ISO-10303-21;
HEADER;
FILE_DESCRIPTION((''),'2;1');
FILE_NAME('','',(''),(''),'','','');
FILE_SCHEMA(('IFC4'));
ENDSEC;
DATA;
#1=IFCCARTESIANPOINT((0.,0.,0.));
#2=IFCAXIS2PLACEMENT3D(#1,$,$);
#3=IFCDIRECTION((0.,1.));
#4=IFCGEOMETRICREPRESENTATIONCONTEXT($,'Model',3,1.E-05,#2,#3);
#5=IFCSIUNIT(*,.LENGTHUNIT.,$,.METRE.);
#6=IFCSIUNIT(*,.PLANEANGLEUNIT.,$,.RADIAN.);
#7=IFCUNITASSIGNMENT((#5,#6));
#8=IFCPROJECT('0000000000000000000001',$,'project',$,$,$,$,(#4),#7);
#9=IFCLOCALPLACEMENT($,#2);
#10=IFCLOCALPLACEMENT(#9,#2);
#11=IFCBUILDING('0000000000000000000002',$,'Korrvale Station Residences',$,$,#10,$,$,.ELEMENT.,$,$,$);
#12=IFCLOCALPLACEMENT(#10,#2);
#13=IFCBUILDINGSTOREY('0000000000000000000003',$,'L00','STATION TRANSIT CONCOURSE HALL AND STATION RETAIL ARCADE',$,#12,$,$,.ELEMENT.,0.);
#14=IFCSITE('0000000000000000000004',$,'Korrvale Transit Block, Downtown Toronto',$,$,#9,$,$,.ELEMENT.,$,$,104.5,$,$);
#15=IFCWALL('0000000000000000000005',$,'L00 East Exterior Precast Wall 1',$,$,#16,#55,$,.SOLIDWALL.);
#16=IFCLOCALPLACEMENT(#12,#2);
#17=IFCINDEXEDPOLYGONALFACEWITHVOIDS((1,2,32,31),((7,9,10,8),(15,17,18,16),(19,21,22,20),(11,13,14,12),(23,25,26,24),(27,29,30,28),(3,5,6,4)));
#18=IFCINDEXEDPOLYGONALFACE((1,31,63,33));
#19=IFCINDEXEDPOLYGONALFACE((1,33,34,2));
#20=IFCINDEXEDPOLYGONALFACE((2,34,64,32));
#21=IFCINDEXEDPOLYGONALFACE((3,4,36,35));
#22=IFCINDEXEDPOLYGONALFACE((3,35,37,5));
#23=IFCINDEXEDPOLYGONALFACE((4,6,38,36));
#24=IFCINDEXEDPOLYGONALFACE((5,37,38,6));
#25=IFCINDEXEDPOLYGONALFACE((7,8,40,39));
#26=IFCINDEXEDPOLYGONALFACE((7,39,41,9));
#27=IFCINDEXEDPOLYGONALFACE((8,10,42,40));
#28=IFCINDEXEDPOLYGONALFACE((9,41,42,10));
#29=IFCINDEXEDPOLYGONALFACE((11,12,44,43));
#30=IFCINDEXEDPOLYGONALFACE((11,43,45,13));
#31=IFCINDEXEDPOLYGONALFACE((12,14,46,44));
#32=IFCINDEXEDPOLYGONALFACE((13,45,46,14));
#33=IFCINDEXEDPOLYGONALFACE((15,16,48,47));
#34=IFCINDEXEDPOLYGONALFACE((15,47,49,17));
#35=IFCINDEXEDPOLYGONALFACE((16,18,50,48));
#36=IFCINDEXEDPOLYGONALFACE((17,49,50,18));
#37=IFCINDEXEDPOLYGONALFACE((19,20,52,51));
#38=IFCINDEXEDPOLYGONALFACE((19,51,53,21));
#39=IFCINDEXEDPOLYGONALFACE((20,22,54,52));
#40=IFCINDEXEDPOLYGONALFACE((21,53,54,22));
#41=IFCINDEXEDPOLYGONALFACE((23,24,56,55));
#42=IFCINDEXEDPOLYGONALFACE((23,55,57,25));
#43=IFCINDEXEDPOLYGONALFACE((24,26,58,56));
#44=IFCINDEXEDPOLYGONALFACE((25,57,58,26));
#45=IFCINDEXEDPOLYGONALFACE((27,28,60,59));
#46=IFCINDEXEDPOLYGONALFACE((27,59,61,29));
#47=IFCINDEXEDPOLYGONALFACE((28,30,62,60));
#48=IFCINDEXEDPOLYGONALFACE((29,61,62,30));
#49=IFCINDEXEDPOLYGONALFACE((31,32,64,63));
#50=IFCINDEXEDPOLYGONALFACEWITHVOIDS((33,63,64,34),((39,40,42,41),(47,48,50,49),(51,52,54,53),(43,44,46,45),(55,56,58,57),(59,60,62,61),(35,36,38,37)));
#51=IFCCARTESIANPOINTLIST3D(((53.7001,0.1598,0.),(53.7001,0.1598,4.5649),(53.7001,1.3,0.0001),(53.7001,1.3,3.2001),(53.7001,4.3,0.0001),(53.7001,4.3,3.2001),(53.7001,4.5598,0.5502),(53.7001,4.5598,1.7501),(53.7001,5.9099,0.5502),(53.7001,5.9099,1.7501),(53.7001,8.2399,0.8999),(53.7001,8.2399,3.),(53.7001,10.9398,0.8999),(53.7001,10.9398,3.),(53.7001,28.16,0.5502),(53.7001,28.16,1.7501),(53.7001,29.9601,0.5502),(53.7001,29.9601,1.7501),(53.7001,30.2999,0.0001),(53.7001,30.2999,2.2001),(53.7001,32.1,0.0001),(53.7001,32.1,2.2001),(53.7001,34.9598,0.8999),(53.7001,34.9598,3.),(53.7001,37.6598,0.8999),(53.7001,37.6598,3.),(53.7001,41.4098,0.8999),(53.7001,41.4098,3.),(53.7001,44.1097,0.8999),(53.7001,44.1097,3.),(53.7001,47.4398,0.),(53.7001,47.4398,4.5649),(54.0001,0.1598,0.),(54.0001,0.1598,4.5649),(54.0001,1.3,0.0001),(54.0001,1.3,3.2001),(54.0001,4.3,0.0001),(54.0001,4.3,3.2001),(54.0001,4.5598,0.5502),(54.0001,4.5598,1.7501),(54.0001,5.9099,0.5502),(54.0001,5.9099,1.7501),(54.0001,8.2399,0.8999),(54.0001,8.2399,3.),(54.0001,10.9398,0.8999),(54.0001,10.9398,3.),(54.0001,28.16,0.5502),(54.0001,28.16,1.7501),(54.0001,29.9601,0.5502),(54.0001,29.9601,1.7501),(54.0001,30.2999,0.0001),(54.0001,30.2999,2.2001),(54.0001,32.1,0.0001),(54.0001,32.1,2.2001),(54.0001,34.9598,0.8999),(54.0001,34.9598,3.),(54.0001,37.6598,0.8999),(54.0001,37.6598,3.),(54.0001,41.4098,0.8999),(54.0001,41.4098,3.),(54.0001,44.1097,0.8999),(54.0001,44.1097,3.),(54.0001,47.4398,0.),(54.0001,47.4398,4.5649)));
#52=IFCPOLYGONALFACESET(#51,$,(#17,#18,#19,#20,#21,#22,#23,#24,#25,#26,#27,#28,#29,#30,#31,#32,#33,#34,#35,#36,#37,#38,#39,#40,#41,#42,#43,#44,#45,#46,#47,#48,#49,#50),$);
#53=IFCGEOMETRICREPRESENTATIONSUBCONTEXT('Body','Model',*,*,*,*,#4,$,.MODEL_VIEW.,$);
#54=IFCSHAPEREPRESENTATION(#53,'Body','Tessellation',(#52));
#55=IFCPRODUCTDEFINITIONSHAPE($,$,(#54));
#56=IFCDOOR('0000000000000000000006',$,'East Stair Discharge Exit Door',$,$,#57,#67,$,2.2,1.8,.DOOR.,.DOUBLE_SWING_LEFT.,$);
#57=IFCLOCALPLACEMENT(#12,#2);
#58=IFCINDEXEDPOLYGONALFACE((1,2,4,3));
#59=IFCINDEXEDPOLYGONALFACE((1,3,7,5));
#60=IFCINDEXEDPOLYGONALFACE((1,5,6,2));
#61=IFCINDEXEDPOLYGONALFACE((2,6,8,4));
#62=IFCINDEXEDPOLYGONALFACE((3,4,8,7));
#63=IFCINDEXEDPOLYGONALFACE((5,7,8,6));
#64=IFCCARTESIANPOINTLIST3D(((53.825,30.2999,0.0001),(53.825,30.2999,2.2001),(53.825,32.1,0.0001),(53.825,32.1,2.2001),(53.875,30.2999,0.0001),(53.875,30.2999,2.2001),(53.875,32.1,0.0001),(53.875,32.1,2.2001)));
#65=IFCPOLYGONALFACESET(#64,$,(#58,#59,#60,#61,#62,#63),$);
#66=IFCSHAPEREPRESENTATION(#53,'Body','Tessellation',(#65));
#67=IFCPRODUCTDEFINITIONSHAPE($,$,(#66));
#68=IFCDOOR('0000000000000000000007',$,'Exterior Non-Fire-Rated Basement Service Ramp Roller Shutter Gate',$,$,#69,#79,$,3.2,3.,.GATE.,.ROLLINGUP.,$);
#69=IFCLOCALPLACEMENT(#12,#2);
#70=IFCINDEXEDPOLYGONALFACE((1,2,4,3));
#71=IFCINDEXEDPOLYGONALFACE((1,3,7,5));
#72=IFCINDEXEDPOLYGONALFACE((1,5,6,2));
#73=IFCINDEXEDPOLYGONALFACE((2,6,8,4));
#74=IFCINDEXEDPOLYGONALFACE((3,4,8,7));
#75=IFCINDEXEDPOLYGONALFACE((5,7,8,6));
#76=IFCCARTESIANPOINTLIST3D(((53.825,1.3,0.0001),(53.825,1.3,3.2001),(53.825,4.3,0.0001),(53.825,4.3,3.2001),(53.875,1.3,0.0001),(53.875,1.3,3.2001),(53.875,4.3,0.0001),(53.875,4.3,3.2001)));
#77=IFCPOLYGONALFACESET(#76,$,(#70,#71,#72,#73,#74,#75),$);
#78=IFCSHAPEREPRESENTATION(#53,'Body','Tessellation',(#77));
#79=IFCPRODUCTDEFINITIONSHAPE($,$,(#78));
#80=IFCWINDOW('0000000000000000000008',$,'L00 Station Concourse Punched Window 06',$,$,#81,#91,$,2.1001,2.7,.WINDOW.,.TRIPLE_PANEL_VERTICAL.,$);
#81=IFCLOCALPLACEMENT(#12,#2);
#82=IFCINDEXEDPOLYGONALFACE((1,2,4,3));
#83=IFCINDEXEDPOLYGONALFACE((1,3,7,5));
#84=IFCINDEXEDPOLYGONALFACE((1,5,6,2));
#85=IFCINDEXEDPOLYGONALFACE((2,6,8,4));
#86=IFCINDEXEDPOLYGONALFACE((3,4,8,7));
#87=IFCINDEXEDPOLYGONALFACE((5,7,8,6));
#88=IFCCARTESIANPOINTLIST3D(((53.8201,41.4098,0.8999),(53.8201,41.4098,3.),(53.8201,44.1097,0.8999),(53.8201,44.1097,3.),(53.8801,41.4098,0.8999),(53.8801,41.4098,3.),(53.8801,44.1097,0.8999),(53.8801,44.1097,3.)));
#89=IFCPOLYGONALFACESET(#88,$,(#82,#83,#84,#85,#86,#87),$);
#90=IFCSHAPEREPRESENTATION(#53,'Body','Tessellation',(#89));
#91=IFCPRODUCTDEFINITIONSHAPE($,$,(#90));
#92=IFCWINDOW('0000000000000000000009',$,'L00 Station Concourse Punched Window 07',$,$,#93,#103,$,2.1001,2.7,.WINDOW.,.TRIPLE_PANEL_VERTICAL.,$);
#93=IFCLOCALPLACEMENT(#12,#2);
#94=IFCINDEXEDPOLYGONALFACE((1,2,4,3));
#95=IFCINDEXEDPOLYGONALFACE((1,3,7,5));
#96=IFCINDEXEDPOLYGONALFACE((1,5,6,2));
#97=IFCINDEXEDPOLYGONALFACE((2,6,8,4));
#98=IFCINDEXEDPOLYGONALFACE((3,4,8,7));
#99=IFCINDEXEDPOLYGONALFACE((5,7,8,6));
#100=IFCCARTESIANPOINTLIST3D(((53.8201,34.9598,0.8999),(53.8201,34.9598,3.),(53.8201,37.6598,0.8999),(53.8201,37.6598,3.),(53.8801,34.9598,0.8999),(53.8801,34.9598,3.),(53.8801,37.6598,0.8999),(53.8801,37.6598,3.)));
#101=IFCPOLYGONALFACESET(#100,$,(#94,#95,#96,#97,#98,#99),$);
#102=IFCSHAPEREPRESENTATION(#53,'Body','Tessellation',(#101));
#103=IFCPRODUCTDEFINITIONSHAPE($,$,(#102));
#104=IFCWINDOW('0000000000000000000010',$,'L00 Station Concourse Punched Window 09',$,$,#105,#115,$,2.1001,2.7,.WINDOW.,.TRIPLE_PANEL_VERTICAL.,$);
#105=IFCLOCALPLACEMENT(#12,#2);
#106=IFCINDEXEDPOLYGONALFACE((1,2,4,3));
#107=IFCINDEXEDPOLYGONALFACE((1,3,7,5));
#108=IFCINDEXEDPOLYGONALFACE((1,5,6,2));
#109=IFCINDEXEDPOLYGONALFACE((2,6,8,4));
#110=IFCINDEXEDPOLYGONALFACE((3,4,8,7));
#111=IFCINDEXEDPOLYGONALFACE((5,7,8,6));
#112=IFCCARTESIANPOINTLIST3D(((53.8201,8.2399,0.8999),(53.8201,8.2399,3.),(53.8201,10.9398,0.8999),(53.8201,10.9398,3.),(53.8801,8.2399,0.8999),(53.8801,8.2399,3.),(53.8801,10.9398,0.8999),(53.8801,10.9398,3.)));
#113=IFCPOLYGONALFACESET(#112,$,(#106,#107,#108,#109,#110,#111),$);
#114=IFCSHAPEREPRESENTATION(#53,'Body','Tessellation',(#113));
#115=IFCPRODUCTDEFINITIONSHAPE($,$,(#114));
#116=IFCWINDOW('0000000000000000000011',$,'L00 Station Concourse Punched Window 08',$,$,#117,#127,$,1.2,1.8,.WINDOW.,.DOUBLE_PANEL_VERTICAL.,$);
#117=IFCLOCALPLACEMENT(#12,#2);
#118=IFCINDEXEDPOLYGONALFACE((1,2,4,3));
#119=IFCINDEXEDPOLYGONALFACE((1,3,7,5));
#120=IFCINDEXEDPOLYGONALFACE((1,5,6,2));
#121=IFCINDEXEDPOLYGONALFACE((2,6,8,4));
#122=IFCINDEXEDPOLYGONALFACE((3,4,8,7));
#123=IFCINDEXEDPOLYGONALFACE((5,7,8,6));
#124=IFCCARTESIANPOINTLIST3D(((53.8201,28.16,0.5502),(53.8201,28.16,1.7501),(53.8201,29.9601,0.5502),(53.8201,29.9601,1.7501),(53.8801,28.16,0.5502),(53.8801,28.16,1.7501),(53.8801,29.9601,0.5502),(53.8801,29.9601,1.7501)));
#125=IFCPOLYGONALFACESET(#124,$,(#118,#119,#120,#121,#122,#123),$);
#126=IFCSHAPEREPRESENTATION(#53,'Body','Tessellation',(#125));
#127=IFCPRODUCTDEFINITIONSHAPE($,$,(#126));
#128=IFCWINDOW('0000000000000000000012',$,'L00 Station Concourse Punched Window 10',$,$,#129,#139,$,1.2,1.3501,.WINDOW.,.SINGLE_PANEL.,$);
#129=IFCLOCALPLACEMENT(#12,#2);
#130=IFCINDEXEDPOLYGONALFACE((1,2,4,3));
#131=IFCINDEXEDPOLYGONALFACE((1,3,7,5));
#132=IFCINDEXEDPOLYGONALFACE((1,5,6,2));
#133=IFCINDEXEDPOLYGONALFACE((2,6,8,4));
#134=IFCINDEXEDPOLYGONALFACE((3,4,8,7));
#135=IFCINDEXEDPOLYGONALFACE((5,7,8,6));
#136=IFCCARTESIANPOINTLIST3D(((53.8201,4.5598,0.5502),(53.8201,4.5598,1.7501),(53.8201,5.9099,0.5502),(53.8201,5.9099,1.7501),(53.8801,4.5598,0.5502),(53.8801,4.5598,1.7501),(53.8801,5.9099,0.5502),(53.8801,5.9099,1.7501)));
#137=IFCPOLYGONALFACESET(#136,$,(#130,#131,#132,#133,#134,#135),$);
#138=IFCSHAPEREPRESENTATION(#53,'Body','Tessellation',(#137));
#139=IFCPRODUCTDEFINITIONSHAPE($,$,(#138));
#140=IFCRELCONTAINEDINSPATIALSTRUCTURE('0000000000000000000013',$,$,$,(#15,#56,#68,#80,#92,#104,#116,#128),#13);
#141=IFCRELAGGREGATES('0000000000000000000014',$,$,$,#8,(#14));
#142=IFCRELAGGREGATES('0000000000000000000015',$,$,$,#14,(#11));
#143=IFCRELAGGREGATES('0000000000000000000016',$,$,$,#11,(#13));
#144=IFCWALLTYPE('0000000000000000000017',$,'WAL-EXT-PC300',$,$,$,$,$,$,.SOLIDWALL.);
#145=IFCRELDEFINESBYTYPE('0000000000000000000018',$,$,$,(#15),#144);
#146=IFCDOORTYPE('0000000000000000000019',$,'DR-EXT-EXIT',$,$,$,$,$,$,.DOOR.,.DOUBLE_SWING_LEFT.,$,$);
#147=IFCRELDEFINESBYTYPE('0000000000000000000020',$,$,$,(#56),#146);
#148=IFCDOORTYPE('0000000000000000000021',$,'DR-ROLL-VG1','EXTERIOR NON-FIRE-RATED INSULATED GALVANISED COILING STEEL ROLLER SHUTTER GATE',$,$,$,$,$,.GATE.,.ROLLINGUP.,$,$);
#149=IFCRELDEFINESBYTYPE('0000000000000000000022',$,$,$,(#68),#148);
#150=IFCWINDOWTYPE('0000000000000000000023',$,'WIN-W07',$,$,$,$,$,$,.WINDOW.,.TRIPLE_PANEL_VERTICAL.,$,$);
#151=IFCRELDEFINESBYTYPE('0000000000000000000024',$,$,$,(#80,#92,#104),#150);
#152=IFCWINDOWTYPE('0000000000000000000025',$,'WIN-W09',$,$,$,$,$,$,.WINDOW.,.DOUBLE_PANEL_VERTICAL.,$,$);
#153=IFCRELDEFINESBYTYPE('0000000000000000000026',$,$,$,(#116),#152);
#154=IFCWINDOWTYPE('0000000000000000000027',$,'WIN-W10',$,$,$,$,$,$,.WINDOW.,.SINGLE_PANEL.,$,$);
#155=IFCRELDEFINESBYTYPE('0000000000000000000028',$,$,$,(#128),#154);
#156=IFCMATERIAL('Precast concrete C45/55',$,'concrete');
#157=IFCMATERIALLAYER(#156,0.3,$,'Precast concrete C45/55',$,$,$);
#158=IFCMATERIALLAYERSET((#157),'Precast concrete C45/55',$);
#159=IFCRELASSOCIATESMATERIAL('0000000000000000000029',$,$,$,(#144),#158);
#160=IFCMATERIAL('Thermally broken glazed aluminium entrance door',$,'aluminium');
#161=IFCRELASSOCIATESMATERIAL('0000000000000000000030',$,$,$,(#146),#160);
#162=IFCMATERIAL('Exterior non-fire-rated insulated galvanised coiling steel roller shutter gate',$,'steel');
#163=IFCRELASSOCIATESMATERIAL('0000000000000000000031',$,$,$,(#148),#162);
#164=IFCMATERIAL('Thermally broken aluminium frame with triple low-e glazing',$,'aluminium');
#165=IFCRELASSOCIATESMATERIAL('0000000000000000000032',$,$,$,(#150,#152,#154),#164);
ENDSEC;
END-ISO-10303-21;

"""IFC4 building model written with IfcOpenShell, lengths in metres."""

from ifc_helpers import new_model, si_unit, direction, frame, frame_2d, origin, place, context, subcontext, project, spatial, rectangle, extrude, material, layer, layer_set, type_object, element, fill, save


model = new_model("IFC4")

# Units and contexts
model_context = context("Model", 3, precision=1e-05, world=origin(), true_north=direction((0.0, 1.0)))
body_context = subcontext(model_context, "Body", "Model", "MODEL_VIEW")
ifc_project = project(units=[si_unit("LENGTHUNIT", "METRE"), si_unit("PLANEANGLEUNIT", "RADIAN")], contexts=[model_context])

# Site, building, storey
site_placement = place(None, origin())
site = spatial("IfcSite", under=ifc_project, at=site_placement, Name="Korrvale Transit Block, Downtown Toronto", CompositionType="ELEMENT", RefElevation=104.5)
building_placement = place(site_placement, origin())
building = spatial("IfcBuilding", under=site, at=building_placement, Name="Korrvale Station Residences", CompositionType="ELEMENT")
storey_placement = place(building_placement, origin())
storey = spatial("IfcBuildingStorey", under=building, at=storey_placement, Name="L00", Description="STATION TRANSIT CONCOURSE HALL AND STATION RETAIL ARCADE", CompositionType="ELEMENT", Elevation=0.0)

# Wall, openings, doors, windows
ifc_material_1 = material(Name="Precast concrete C45/55", Category="concrete")
ifc_layer_1 = layer(ifc_material_1, 0.3, Name="Precast concrete C45/55")
ifc_layer_set_1 = layer_set([ifc_layer_1], Name="Precast concrete C45/55")
wall_type_1 = type_object("IfcWallType", Name="WAL-EXT-PC300", PredefinedType="SOLIDWALL", material=ifc_layer_set_1)
wall_1_placement = place(storey_placement, frame((53.8501, 47.4399, 0.0), z_axis=(0.0, 0.0, 1.0), x_axis=(0.0, -1.0, 0.0)))
wall_1 = element("IfcWall", 1, at=wall_1_placement, inside=storey, type_object=wall_type_1, Name="L00 East Exterior Precast Wall 1", PredefinedType="SOLIDWALL", context=body_context, shape_type="SweptSolid", body=[
    extrude(rectangle(XDim=47.28, YDim=0.3, at=frame_2d((23.6401, 0.0))), origin(), (0.0, 0.0, 1.0), 4.5649),
])
opening_1_placement = place(wall_1_placement, frame((15.3401, 0.0, 0.0)))
opening_1 = element("IfcOpeningElement", 2, at=opening_1_placement, cuts=wall_1, PredefinedType="OPENING", context=body_context, shape_type="SweptSolid", body=[
    extrude(rectangle(XDim=1.8, YDim=2.2, at=frame_2d((0.8999, 1.1001))), frame((0.0, 0.1602, 0.0), z_axis=(0.0, -1.0, 0.0), x_axis=(1.0, 0.0, 0.0)), (0.0, 0.0, 1.0), 0.3201),
])
opening_2_placement = place(wall_1_placement, frame((43.1399, 0.0, 0.0)))
opening_2 = element("IfcOpeningElement", 3, at=opening_2_placement, cuts=wall_1, PredefinedType="OPENING", context=body_context, shape_type="SweptSolid", body=[
    extrude(rectangle(XDim=3.0, YDim=3.2, at=frame_2d((1.5, 1.6001))), frame((0.0, 0.1602, 0.0), z_axis=(0.0, -1.0, 0.0), x_axis=(1.0, 0.0, 0.0)), (0.0, 0.0, 1.0), 0.3201),
])
opening_3_placement = place(wall_1_placement, frame((3.3301, 0.0, 0.8999)))
opening_3 = element("IfcOpeningElement", 4, at=opening_3_placement, cuts=wall_1, PredefinedType="OPENING", context=body_context, shape_type="SweptSolid", body=[
    extrude(rectangle(XDim=2.7, YDim=2.1001, at=frame_2d((1.3501, 1.05))), frame((0.0, 0.1602, 0.0), z_axis=(0.0, -1.0, 0.0), x_axis=(1.0, 0.0, 0.0)), (0.0, 0.0, 1.0), 0.3201),
])
opening_4_placement = place(wall_1_placement, frame((9.78, 0.0, 0.8999)))
opening_4 = element("IfcOpeningElement", 5, at=opening_4_placement, cuts=wall_1, PredefinedType="OPENING", context=body_context, shape_type="SweptSolid", body=[
    extrude(rectangle(XDim=2.7, YDim=2.1001, at=frame_2d((1.3501, 1.05))), frame((0.0, 0.1602, 0.0), z_axis=(0.0, -1.0, 0.0), x_axis=(1.0, 0.0, 0.0)), (0.0, 0.0, 1.0), 0.3201),
])
opening_5_placement = place(wall_1_placement, frame((17.48, 0.0, 0.55)))
opening_5 = element("IfcOpeningElement", 6, at=opening_5_placement, cuts=wall_1, PredefinedType="OPENING", context=body_context, shape_type="SweptSolid", body=[
    extrude(rectangle(XDim=1.8, YDim=1.2, at=frame_2d((0.8999, 0.6001))), frame((0.0, 0.1602, 0.0), z_axis=(0.0, -1.0, 0.0), x_axis=(1.0, 0.0, 0.0)), (0.0, 0.0, 1.0), 0.3201),
])
opening_6_placement = place(wall_1_placement, frame((36.5, 0.0, 0.8999)))
opening_6 = element("IfcOpeningElement", 7, at=opening_6_placement, cuts=wall_1, PredefinedType="OPENING", context=body_context, shape_type="SweptSolid", body=[
    extrude(rectangle(XDim=2.7, YDim=2.1001, at=frame_2d((1.3501, 1.05))), frame((0.0, 0.1602, 0.0), z_axis=(0.0, -1.0, 0.0), x_axis=(1.0, 0.0, 0.0)), (0.0, 0.0, 1.0), 0.3201),
])
opening_7_placement = place(wall_1_placement, frame((41.53, 0.0, 0.55)))
opening_7 = element("IfcOpeningElement", 8, at=opening_7_placement, cuts=wall_1, PredefinedType="OPENING", context=body_context, shape_type="SweptSolid", body=[
    extrude(rectangle(XDim=1.3501, YDim=1.2, at=frame_2d((0.675, 0.6001))), frame((0.0, 0.1602, 0.0), z_axis=(0.0, -1.0, 0.0), x_axis=(1.0, 0.0, 0.0)), (0.0, 0.0, 1.0), 0.3201),
])
ifc_material_2 = material(Name="Thermally broken glazed aluminium entrance door", Category="aluminium")
door_type_1 = type_object("IfcDoorType", Name="DR-EXT-EXIT", OperationType="DOUBLE_SWING_LEFT", PredefinedType="DOOR", material=ifc_material_2)
door_1_placement = place(opening_1_placement, origin())
door_1 = element("IfcDoor", 9, at=door_1_placement, inside=storey, type_object=door_type_1, Name="East Stair Discharge Exit Door", OperationType="DOUBLE_SWING_LEFT", OverallHeight=2.2, OverallWidth=1.8, PredefinedType="DOOR", context=body_context, shape_type="SweptSolid", body=[
    extrude(rectangle(XDim=1.8, YDim=2.2, at=frame_2d((0.8999, 1.1001))), frame((0.0, 0.0249, 0.0), z_axis=(0.0, -1.0, 0.0), x_axis=(1.0, 0.0, 0.0)), (0.0, 0.0, 1.0), 0.05),
])
fill(opening_1, door_1)
ifc_material_3 = material(Name="Exterior non-fire-rated insulated galvanised coiling steel roller shutter gate", Category="steel")
door_type_2 = type_object("IfcDoorType", Name="DR-ROLL-VG1", Description="EXTERIOR NON-FIRE-RATED INSULATED GALVANISED COILING STEEL ROLLER SHUTTER GATE", OperationType="ROLLINGUP", PredefinedType="GATE", material=ifc_material_3)
door_2_placement = place(opening_2_placement, origin())
door_2 = element("IfcDoor", 10, at=door_2_placement, inside=storey, type_object=door_type_2, Name="Exterior Non-Fire-Rated Basement Service Ramp Roller Shutter Gate", OperationType="ROLLINGUP", OverallHeight=3.2, OverallWidth=3.0, PredefinedType="GATE", context=body_context, shape_type="SweptSolid", body=[
    extrude(rectangle(XDim=3.0, YDim=3.2, at=frame_2d((1.5, 1.6001))), frame((0.0, 0.0249, 0.0), z_axis=(0.0, -1.0, 0.0), x_axis=(1.0, 0.0, 0.0)), (0.0, 0.0, 1.0), 0.05),
])
fill(opening_2, door_2)
ifc_material_4 = material(Name="Thermally broken aluminium frame with triple low-e glazing", Category="aluminium")
window_type_1 = type_object("IfcWindowType", Name="WIN-W07", PartitioningType="TRIPLE_PANEL_VERTICAL", PredefinedType="WINDOW", material=ifc_material_4)
window_1_placement = place(opening_3_placement, origin())
window_1 = element("IfcWindow", 11, at=window_1_placement, inside=storey, type_object=window_type_1, Name="L00 Station Concourse Punched Window 06", OverallHeight=2.1001, OverallWidth=2.7, PartitioningType="TRIPLE_PANEL_VERTICAL", PredefinedType="WINDOW", context=body_context, shape_type="SweptSolid", body=[
    extrude(rectangle(XDim=2.7, YDim=2.1001, at=frame_2d((1.3501, 1.05))), frame((0.0, 0.03, 0.0), z_axis=(0.0, -1.0, 0.0), x_axis=(1.0, 0.0, 0.0)), (0.0, 0.0, 1.0), 0.0601),
])
fill(opening_3, window_1)
window_2_placement = place(opening_4_placement, origin())
window_2 = element("IfcWindow", 12, at=window_2_placement, inside=storey, type_object=window_type_1, Name="L00 Station Concourse Punched Window 07", OverallHeight=2.1001, OverallWidth=2.7, PartitioningType="TRIPLE_PANEL_VERTICAL", PredefinedType="WINDOW", context=body_context, shape_type="SweptSolid", body=[
    extrude(rectangle(XDim=2.7, YDim=2.1001, at=frame_2d((1.3501, 1.05))), frame((0.0, 0.03, 0.0), z_axis=(0.0, -1.0, 0.0), x_axis=(1.0, 0.0, 0.0)), (0.0, 0.0, 1.0), 0.0601),
])
fill(opening_4, window_2)
window_3_placement = place(opening_6_placement, origin())
window_3 = element("IfcWindow", 13, at=window_3_placement, inside=storey, type_object=window_type_1, Name="L00 Station Concourse Punched Window 09", OverallHeight=2.1001, OverallWidth=2.7, PartitioningType="TRIPLE_PANEL_VERTICAL", PredefinedType="WINDOW", context=body_context, shape_type="SweptSolid", body=[
    extrude(rectangle(XDim=2.7, YDim=2.1001, at=frame_2d((1.3501, 1.05))), frame((0.0, 0.03, 0.0), z_axis=(0.0, -1.0, 0.0), x_axis=(1.0, 0.0, 0.0)), (0.0, 0.0, 1.0), 0.0601),
])
fill(opening_6, window_3)
window_type_2 = type_object("IfcWindowType", Name="WIN-W09", PartitioningType="DOUBLE_PANEL_VERTICAL", PredefinedType="WINDOW", material=ifc_material_4)
window_4_placement = place(opening_5_placement, origin())
window_4 = element("IfcWindow", 14, at=window_4_placement, inside=storey, type_object=window_type_2, Name="L00 Station Concourse Punched Window 08", OverallHeight=1.2, OverallWidth=1.8, PartitioningType="DOUBLE_PANEL_VERTICAL", PredefinedType="WINDOW", context=body_context, shape_type="SweptSolid", body=[
    extrude(rectangle(XDim=1.8, YDim=1.2, at=frame_2d((0.8999, 0.6001))), frame((0.0, 0.03, 0.0), z_axis=(0.0, -1.0, 0.0), x_axis=(1.0, 0.0, 0.0)), (0.0, 0.0, 1.0), 0.0601),
])
fill(opening_5, window_4)
window_type_3 = type_object("IfcWindowType", Name="WIN-W10", PartitioningType="SINGLE_PANEL", PredefinedType="WINDOW", material=ifc_material_4)
window_5_placement = place(opening_7_placement, origin())
window_5 = element("IfcWindow", 15, at=window_5_placement, inside=storey, type_object=window_type_3, Name="L00 Station Concourse Punched Window 10", OverallHeight=1.2, OverallWidth=1.3501, PartitioningType="SINGLE_PANEL", PredefinedType="WINDOW", context=body_context, shape_type="SweptSolid", body=[
    extrude(rectangle(XDim=1.3501, YDim=1.2, at=frame_2d((0.675, 0.6001))), frame((0.0, 0.03, 0.0), z_axis=(0.0, -1.0, 0.0), x_axis=(1.0, 0.0, 0.0)), (0.0, 0.0, 1.0), 0.0601),
])
fill(opening_7, window_5)

save(model, "model.ifc")
